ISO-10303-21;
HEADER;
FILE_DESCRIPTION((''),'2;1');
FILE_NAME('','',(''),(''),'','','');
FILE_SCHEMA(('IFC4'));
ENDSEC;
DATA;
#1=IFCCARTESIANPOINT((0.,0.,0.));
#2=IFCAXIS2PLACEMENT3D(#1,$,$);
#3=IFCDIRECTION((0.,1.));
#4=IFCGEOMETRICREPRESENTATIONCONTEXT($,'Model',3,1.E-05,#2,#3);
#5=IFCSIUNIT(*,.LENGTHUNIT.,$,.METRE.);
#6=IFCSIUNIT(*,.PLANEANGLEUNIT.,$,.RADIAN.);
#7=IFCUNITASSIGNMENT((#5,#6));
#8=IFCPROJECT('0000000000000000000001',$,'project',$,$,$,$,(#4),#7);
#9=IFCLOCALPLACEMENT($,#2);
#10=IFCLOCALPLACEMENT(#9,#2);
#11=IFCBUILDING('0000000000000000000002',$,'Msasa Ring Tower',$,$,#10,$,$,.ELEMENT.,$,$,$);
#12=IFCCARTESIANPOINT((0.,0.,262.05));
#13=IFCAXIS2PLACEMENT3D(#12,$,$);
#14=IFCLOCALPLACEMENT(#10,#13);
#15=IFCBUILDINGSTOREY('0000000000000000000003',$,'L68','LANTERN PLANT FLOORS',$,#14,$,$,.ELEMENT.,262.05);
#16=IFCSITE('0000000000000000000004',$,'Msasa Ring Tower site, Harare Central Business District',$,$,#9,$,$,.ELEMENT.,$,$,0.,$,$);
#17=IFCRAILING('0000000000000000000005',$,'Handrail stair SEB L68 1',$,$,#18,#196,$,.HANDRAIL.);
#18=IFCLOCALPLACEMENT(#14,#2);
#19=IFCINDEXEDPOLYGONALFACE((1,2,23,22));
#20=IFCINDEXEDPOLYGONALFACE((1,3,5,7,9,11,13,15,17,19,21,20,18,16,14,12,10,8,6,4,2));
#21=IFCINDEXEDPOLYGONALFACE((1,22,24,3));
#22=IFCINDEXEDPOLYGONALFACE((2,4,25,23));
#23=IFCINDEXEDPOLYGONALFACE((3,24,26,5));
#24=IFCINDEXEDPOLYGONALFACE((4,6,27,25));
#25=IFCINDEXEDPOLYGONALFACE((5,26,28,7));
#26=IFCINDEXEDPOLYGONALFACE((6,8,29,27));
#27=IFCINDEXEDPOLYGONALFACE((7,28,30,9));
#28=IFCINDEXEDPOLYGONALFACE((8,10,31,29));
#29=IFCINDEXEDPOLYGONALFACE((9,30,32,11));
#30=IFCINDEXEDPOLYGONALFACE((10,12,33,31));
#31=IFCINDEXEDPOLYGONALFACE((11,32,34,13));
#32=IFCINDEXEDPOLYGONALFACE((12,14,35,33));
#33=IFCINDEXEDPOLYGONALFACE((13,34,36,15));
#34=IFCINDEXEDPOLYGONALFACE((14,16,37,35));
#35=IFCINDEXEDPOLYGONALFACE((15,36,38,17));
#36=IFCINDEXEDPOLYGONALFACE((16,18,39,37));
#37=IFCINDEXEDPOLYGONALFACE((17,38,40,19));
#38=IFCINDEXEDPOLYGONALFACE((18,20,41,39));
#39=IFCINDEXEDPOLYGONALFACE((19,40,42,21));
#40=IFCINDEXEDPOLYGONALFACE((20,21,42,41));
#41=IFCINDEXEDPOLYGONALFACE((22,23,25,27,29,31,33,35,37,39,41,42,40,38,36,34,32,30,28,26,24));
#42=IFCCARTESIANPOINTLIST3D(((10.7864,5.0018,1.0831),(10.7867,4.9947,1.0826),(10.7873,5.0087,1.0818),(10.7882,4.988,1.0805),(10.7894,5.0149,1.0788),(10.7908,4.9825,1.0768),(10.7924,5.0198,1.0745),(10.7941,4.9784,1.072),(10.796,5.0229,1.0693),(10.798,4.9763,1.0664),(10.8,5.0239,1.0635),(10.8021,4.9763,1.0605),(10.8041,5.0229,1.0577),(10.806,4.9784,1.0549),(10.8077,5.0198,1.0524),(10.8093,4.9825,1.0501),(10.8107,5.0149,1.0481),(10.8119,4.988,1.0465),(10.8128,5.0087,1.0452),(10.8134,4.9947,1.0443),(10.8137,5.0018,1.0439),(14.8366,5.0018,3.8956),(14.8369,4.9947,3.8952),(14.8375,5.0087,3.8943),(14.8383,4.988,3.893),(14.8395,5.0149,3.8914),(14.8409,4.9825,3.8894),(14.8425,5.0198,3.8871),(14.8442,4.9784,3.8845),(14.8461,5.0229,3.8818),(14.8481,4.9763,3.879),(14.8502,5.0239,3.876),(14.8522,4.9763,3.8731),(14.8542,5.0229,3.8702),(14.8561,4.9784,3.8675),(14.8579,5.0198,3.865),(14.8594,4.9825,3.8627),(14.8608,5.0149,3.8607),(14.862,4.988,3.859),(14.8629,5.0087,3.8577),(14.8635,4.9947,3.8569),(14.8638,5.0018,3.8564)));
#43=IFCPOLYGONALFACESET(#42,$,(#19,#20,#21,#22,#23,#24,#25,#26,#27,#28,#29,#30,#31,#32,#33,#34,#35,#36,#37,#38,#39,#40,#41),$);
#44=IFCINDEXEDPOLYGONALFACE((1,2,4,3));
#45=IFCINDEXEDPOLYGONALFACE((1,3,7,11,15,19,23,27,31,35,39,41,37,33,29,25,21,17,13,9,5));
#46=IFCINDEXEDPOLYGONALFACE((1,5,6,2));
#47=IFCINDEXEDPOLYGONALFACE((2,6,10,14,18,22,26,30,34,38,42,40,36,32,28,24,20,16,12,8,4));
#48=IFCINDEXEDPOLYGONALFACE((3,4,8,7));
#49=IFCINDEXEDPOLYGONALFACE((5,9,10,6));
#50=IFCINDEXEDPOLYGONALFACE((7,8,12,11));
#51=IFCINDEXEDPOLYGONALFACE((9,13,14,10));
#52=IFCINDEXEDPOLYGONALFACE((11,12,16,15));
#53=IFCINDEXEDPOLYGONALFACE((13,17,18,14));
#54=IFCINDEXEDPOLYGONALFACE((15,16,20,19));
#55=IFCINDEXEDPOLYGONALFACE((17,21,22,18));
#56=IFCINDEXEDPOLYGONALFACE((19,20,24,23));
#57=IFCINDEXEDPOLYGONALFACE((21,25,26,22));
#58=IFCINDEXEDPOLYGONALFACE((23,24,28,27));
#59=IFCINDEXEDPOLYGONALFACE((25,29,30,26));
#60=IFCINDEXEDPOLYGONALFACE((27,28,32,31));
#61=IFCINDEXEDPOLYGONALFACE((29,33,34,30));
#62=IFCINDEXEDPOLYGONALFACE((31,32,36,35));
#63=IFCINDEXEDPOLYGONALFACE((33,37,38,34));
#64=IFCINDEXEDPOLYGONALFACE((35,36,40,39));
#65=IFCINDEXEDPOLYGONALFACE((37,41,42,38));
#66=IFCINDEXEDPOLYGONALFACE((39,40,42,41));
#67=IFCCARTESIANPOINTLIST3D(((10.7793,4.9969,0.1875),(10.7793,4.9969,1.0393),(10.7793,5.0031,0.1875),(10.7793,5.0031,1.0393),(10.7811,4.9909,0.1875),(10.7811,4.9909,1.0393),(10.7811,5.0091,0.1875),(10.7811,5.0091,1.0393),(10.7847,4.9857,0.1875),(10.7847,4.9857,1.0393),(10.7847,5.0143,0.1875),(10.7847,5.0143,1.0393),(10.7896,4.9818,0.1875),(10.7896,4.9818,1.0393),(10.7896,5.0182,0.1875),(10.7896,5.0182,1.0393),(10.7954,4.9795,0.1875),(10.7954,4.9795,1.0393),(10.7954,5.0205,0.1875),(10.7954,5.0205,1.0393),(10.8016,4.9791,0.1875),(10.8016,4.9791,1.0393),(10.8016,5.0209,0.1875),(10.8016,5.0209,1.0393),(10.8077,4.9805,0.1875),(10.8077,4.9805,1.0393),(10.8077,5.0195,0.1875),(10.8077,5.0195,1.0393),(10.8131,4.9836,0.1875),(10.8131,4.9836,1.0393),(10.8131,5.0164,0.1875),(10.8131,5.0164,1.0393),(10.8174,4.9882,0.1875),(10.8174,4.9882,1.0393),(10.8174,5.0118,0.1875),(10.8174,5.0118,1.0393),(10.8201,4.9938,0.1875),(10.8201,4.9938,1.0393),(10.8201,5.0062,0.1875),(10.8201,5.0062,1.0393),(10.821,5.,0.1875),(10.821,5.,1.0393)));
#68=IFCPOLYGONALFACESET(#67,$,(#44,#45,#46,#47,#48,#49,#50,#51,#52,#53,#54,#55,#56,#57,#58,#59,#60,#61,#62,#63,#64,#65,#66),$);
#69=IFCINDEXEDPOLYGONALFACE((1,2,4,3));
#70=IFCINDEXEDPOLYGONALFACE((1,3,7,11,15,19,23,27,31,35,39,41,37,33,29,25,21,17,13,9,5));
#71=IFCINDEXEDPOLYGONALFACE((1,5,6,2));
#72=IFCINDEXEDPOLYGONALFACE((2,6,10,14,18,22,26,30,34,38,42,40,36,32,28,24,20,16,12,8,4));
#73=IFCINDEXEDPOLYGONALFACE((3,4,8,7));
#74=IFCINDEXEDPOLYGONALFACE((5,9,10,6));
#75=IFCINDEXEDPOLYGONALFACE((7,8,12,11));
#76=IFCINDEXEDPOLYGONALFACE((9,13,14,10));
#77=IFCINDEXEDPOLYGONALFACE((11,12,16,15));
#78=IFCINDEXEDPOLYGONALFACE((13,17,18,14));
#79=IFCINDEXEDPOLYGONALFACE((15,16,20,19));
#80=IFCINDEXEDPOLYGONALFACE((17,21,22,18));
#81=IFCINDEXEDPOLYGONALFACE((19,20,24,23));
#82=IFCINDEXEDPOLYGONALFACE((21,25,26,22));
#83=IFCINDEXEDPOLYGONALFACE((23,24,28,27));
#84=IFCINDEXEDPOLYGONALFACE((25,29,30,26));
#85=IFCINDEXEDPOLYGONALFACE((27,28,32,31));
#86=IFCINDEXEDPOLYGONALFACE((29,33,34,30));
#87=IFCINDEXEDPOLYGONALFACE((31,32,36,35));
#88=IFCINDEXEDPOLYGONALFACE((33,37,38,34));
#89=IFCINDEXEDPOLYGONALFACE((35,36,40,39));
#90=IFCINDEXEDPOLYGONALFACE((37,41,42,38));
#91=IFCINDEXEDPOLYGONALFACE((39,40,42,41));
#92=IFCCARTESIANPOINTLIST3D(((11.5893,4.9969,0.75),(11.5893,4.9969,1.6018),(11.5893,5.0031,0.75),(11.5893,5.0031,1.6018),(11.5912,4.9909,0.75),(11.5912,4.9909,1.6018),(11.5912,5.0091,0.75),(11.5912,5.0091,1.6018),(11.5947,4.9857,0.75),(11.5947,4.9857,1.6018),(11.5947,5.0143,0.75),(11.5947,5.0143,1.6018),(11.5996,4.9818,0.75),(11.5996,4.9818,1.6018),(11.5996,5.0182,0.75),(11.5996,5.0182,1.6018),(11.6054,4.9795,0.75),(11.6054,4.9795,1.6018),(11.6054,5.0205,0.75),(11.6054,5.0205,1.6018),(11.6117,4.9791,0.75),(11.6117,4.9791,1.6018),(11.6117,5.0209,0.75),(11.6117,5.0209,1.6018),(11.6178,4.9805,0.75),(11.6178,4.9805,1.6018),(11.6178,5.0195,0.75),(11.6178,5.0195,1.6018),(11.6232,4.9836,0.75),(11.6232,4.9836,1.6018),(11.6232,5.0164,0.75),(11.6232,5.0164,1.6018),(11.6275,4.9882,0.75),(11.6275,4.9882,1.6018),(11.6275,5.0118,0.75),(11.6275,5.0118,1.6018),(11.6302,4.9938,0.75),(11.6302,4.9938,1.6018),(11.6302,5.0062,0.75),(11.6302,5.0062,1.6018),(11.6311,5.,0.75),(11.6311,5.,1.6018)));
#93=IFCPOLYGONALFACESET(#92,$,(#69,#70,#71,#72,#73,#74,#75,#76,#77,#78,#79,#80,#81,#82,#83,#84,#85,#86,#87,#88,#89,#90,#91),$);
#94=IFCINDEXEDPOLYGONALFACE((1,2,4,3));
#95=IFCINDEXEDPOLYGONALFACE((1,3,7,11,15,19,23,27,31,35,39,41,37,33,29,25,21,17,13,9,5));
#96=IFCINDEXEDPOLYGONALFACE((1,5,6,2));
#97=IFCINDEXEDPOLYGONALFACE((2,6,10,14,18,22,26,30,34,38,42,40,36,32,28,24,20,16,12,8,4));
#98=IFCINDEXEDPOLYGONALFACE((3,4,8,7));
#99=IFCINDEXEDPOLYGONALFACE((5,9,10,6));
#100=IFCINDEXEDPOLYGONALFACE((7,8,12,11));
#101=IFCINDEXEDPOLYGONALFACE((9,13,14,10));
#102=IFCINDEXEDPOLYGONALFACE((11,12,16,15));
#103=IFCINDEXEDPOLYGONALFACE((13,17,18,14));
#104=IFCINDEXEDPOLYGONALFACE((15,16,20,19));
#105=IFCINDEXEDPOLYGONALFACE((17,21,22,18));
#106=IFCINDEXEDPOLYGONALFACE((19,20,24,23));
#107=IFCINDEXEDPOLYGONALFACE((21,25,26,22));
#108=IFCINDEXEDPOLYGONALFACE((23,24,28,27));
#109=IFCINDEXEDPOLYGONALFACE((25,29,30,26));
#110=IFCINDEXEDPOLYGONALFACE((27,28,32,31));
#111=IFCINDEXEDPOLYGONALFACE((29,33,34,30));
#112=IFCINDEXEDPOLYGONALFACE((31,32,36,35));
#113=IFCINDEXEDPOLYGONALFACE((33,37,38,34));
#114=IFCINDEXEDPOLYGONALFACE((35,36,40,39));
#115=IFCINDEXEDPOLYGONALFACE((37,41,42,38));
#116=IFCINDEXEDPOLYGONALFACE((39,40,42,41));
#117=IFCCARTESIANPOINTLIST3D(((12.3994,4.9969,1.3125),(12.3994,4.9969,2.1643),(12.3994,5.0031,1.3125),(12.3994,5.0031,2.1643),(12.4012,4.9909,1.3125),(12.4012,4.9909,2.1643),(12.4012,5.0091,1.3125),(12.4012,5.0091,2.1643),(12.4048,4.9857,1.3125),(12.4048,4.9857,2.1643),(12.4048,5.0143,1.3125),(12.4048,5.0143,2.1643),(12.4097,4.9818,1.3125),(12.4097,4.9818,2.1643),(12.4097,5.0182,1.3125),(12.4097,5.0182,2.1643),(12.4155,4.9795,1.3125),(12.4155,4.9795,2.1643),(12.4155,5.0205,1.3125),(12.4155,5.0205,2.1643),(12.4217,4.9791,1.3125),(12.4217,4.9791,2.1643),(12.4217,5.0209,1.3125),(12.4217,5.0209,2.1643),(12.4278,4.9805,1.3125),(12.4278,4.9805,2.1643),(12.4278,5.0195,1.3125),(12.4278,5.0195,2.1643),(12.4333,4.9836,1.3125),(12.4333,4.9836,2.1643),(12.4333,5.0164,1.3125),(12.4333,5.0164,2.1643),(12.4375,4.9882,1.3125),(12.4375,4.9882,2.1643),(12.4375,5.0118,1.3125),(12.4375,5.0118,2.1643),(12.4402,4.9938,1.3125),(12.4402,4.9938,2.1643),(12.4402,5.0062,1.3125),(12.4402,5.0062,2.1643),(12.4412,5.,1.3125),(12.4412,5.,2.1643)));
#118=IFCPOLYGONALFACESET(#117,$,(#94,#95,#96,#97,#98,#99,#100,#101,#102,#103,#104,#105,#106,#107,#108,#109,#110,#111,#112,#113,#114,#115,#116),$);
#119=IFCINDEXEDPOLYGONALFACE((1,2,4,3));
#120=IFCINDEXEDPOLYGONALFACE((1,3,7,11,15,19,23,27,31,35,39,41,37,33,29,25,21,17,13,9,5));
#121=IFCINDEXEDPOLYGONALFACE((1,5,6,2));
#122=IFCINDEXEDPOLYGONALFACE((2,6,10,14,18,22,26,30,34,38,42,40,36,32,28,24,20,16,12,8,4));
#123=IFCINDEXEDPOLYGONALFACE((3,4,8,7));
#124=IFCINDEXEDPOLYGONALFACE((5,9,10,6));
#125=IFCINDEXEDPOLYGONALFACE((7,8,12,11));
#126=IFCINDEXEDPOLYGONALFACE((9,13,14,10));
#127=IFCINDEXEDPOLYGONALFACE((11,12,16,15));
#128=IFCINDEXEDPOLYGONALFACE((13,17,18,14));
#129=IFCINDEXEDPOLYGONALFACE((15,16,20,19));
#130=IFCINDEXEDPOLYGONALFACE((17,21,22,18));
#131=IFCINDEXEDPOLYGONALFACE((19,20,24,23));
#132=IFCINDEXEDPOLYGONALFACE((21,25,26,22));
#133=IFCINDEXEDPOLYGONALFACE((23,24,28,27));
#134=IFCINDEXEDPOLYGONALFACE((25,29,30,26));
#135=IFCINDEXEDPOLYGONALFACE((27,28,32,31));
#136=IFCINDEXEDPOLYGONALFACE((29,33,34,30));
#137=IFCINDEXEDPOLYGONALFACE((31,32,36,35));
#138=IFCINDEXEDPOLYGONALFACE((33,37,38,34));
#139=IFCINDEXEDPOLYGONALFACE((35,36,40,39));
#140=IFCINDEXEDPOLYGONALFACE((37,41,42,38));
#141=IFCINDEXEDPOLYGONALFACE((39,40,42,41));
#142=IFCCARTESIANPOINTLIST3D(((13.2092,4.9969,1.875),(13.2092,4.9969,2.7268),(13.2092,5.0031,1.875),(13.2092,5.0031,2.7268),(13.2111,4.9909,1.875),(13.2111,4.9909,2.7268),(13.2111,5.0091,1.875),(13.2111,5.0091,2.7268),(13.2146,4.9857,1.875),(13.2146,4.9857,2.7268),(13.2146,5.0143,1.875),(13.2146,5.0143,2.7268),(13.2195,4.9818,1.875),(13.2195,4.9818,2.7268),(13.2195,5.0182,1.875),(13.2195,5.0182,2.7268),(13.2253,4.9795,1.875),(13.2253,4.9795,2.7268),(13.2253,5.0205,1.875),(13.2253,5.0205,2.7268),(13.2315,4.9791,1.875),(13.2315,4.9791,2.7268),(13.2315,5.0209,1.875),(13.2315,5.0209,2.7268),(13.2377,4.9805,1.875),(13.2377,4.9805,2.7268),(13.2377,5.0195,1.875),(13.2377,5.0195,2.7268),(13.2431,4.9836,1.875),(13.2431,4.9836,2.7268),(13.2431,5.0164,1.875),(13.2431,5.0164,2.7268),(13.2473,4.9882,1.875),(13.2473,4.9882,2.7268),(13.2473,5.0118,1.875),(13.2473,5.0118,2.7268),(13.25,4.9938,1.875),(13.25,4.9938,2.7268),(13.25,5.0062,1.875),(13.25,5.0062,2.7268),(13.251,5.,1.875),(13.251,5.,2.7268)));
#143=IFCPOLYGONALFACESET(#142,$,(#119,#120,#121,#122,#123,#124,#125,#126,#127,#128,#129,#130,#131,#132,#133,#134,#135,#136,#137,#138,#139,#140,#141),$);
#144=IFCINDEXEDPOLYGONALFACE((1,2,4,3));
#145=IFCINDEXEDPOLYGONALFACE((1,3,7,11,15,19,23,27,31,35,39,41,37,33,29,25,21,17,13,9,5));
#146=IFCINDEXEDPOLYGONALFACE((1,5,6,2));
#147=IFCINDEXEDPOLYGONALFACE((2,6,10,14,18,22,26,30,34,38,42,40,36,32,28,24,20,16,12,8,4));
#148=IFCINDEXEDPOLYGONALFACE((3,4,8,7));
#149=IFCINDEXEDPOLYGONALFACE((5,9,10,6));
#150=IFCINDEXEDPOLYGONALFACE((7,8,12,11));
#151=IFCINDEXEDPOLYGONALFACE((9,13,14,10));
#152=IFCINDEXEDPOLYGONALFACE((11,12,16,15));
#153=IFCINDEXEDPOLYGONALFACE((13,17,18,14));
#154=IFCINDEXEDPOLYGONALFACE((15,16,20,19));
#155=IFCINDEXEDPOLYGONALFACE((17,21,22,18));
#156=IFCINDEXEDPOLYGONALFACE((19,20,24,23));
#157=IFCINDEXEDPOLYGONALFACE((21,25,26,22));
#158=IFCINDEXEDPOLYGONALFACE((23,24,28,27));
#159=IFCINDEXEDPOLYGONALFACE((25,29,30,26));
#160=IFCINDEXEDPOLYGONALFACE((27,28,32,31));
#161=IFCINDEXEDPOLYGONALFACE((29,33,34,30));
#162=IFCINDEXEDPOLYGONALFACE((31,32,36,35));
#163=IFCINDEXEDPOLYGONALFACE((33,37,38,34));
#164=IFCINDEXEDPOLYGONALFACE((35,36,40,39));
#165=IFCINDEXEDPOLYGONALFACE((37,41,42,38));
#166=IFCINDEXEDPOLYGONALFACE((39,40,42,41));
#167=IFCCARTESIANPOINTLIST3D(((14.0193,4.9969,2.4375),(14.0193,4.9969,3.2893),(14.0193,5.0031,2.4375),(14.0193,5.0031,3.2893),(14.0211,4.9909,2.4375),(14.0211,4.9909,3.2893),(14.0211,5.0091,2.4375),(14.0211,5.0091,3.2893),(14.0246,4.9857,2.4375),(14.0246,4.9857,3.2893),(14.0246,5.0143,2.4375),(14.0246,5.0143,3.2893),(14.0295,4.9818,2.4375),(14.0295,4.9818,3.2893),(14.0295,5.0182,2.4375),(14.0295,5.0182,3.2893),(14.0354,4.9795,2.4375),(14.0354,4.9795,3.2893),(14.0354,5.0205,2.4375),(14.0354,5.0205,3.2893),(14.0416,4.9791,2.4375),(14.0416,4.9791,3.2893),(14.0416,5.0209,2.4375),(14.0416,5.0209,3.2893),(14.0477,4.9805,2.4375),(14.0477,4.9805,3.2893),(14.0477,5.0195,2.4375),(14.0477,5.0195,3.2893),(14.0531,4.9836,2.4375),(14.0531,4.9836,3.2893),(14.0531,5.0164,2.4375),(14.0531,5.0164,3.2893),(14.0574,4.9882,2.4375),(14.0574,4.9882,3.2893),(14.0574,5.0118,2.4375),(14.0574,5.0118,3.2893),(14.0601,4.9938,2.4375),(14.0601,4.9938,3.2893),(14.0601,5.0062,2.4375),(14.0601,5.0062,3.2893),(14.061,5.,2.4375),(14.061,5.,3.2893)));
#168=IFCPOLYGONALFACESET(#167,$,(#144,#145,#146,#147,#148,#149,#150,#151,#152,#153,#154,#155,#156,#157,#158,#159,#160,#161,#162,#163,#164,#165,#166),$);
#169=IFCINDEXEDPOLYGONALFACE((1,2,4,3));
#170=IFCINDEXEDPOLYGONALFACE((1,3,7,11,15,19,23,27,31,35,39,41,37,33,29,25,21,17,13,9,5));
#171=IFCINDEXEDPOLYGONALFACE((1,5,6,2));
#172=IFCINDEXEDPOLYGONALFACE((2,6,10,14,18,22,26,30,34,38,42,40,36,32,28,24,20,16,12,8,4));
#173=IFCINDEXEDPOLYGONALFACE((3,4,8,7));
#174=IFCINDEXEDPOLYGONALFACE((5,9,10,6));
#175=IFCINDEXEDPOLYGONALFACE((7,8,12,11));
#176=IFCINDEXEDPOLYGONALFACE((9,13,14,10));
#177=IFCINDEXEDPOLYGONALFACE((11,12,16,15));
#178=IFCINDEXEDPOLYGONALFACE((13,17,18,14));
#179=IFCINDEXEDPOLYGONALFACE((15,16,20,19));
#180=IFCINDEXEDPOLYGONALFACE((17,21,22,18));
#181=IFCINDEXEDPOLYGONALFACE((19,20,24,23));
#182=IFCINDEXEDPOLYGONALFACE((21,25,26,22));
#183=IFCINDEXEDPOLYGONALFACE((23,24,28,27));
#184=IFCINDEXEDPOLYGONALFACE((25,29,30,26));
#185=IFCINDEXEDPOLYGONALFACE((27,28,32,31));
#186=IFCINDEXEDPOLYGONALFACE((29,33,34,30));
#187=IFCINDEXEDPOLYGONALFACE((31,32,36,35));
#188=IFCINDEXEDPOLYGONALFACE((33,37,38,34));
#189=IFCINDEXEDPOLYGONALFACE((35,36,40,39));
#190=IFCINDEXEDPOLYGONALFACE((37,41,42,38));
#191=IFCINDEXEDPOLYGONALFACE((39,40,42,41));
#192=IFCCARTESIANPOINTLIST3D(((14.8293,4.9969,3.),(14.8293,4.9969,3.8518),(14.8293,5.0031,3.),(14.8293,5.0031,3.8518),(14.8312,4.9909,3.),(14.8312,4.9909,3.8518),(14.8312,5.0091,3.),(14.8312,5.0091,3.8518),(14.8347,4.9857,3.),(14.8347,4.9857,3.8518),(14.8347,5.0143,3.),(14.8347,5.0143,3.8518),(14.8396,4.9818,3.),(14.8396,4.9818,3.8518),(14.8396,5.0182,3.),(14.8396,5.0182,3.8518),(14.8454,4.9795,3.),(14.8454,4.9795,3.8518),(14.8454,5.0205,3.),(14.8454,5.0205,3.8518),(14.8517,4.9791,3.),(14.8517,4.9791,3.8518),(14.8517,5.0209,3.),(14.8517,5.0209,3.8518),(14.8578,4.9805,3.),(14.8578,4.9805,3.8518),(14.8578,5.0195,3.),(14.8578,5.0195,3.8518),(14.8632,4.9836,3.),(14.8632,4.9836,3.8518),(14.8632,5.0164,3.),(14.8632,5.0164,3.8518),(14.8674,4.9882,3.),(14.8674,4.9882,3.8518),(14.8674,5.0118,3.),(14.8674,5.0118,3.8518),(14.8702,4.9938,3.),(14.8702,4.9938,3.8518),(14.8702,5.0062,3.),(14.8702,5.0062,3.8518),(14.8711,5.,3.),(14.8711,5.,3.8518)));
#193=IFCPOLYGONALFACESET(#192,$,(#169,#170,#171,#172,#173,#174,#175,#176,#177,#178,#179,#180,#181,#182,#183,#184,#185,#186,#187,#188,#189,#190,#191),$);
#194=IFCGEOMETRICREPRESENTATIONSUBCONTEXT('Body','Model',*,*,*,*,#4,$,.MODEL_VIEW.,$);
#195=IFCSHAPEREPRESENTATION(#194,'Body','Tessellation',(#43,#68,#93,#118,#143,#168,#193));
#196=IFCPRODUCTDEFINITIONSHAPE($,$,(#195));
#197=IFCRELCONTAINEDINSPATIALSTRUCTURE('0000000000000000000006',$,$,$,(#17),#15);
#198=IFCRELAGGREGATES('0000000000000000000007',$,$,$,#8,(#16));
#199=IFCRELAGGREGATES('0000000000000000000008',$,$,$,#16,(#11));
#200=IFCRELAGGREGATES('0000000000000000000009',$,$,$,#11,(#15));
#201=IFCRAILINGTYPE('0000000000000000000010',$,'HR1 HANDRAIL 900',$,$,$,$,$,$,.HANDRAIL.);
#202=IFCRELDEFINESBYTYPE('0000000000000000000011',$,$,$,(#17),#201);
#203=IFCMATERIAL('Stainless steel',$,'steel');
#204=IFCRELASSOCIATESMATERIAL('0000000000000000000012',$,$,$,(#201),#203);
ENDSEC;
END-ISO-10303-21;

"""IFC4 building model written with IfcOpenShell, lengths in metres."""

from ifc_helpers import new_model, si_unit, direction, frame, origin, origin_2d, place, context, subcontext, project, spatial, circle, extrude, material, type_object, element, save


model = new_model("IFC4")

# Units and contexts
model_context = context("Model", 3, precision=1e-05, world=origin(), true_north=direction((0.0, 1.0)))
body_context = subcontext(model_context, "Body", "Model", "MODEL_VIEW")
ifc_project = project(units=[si_unit("LENGTHUNIT", "METRE"), si_unit("PLANEANGLEUNIT", "RADIAN")], contexts=[model_context])

# Site, building, storey
site_placement = place(None, origin())
site = spatial("IfcSite", under=ifc_project, at=site_placement, Name="Msasa Ring Tower site, Harare Central Business District", CompositionType="ELEMENT", RefElevation=0.0)
building_placement = place(site_placement, origin())
building = spatial("IfcBuilding", under=site, at=building_placement, Name="Msasa Ring Tower", CompositionType="ELEMENT")
storey_placement = place(building_placement, frame((0.0, 0.0, 262.05)))
storey = spatial("IfcBuildingStorey", under=building, at=storey_placement, Name="L68", Description="LANTERN PLANT FLOORS", CompositionType="ELEMENT", Elevation=262.05)

# Railing
ifc_material_1 = material(Name="Stainless steel", Category="steel")
railing_type = type_object("IfcRailingType", Name="HR1 HANDRAIL 900", PredefinedType="HANDRAIL", material=ifc_material_1)
for number, where, name in (
    (1, (10.8, 5.0, 0.1875), "Handrail stair SEB L68 1"),
):
    element("IfcRailing", number, at=place(storey_placement, frame(where)), inside=storey, type_object=railing_type, Name=name, PredefinedType="HANDRAIL", context=body_context, shape_type="SweptSolid", body=[
        extrude(circle(Radius=0.0239, at=origin_2d()), frame((0.0, 0.0, 0.876), z_axis=(0.821373, 0.0, 0.570391), x_axis=(0.0, 1.0, 0.0)), (0.0, 0.0, 1.0), 4.9309),
        extrude(circle(Radius=0.021, at=origin_2d()), origin(), (0.0, 0.0, 1.0), 0.8518),
        extrude(circle(Radius=0.021, at=origin_2d()), frame((0.8101, 0.0, 0.5625)), (0.0, 0.0, 1.0), 0.8518),
        extrude(circle(Radius=0.021, at=origin_2d()), frame((1.6201, 0.0, 1.125)), (0.0, 0.0, 1.0), 0.8518),
        extrude(circle(Radius=0.021, at=origin_2d()), frame((2.4299, 0.0, 1.6875)), (0.0, 0.0, 1.0), 0.8518),
        extrude(circle(Radius=0.021, at=origin_2d()), frame((3.24, 0.0, 2.25)), (0.0, 0.0, 1.0), 0.8518),
        extrude(circle(Radius=0.021, at=origin_2d()), frame((4.05, 0.0, 2.8125)), (0.0, 0.0, 1.0), 0.8518),
    ])

save(model, "model.ifc")
